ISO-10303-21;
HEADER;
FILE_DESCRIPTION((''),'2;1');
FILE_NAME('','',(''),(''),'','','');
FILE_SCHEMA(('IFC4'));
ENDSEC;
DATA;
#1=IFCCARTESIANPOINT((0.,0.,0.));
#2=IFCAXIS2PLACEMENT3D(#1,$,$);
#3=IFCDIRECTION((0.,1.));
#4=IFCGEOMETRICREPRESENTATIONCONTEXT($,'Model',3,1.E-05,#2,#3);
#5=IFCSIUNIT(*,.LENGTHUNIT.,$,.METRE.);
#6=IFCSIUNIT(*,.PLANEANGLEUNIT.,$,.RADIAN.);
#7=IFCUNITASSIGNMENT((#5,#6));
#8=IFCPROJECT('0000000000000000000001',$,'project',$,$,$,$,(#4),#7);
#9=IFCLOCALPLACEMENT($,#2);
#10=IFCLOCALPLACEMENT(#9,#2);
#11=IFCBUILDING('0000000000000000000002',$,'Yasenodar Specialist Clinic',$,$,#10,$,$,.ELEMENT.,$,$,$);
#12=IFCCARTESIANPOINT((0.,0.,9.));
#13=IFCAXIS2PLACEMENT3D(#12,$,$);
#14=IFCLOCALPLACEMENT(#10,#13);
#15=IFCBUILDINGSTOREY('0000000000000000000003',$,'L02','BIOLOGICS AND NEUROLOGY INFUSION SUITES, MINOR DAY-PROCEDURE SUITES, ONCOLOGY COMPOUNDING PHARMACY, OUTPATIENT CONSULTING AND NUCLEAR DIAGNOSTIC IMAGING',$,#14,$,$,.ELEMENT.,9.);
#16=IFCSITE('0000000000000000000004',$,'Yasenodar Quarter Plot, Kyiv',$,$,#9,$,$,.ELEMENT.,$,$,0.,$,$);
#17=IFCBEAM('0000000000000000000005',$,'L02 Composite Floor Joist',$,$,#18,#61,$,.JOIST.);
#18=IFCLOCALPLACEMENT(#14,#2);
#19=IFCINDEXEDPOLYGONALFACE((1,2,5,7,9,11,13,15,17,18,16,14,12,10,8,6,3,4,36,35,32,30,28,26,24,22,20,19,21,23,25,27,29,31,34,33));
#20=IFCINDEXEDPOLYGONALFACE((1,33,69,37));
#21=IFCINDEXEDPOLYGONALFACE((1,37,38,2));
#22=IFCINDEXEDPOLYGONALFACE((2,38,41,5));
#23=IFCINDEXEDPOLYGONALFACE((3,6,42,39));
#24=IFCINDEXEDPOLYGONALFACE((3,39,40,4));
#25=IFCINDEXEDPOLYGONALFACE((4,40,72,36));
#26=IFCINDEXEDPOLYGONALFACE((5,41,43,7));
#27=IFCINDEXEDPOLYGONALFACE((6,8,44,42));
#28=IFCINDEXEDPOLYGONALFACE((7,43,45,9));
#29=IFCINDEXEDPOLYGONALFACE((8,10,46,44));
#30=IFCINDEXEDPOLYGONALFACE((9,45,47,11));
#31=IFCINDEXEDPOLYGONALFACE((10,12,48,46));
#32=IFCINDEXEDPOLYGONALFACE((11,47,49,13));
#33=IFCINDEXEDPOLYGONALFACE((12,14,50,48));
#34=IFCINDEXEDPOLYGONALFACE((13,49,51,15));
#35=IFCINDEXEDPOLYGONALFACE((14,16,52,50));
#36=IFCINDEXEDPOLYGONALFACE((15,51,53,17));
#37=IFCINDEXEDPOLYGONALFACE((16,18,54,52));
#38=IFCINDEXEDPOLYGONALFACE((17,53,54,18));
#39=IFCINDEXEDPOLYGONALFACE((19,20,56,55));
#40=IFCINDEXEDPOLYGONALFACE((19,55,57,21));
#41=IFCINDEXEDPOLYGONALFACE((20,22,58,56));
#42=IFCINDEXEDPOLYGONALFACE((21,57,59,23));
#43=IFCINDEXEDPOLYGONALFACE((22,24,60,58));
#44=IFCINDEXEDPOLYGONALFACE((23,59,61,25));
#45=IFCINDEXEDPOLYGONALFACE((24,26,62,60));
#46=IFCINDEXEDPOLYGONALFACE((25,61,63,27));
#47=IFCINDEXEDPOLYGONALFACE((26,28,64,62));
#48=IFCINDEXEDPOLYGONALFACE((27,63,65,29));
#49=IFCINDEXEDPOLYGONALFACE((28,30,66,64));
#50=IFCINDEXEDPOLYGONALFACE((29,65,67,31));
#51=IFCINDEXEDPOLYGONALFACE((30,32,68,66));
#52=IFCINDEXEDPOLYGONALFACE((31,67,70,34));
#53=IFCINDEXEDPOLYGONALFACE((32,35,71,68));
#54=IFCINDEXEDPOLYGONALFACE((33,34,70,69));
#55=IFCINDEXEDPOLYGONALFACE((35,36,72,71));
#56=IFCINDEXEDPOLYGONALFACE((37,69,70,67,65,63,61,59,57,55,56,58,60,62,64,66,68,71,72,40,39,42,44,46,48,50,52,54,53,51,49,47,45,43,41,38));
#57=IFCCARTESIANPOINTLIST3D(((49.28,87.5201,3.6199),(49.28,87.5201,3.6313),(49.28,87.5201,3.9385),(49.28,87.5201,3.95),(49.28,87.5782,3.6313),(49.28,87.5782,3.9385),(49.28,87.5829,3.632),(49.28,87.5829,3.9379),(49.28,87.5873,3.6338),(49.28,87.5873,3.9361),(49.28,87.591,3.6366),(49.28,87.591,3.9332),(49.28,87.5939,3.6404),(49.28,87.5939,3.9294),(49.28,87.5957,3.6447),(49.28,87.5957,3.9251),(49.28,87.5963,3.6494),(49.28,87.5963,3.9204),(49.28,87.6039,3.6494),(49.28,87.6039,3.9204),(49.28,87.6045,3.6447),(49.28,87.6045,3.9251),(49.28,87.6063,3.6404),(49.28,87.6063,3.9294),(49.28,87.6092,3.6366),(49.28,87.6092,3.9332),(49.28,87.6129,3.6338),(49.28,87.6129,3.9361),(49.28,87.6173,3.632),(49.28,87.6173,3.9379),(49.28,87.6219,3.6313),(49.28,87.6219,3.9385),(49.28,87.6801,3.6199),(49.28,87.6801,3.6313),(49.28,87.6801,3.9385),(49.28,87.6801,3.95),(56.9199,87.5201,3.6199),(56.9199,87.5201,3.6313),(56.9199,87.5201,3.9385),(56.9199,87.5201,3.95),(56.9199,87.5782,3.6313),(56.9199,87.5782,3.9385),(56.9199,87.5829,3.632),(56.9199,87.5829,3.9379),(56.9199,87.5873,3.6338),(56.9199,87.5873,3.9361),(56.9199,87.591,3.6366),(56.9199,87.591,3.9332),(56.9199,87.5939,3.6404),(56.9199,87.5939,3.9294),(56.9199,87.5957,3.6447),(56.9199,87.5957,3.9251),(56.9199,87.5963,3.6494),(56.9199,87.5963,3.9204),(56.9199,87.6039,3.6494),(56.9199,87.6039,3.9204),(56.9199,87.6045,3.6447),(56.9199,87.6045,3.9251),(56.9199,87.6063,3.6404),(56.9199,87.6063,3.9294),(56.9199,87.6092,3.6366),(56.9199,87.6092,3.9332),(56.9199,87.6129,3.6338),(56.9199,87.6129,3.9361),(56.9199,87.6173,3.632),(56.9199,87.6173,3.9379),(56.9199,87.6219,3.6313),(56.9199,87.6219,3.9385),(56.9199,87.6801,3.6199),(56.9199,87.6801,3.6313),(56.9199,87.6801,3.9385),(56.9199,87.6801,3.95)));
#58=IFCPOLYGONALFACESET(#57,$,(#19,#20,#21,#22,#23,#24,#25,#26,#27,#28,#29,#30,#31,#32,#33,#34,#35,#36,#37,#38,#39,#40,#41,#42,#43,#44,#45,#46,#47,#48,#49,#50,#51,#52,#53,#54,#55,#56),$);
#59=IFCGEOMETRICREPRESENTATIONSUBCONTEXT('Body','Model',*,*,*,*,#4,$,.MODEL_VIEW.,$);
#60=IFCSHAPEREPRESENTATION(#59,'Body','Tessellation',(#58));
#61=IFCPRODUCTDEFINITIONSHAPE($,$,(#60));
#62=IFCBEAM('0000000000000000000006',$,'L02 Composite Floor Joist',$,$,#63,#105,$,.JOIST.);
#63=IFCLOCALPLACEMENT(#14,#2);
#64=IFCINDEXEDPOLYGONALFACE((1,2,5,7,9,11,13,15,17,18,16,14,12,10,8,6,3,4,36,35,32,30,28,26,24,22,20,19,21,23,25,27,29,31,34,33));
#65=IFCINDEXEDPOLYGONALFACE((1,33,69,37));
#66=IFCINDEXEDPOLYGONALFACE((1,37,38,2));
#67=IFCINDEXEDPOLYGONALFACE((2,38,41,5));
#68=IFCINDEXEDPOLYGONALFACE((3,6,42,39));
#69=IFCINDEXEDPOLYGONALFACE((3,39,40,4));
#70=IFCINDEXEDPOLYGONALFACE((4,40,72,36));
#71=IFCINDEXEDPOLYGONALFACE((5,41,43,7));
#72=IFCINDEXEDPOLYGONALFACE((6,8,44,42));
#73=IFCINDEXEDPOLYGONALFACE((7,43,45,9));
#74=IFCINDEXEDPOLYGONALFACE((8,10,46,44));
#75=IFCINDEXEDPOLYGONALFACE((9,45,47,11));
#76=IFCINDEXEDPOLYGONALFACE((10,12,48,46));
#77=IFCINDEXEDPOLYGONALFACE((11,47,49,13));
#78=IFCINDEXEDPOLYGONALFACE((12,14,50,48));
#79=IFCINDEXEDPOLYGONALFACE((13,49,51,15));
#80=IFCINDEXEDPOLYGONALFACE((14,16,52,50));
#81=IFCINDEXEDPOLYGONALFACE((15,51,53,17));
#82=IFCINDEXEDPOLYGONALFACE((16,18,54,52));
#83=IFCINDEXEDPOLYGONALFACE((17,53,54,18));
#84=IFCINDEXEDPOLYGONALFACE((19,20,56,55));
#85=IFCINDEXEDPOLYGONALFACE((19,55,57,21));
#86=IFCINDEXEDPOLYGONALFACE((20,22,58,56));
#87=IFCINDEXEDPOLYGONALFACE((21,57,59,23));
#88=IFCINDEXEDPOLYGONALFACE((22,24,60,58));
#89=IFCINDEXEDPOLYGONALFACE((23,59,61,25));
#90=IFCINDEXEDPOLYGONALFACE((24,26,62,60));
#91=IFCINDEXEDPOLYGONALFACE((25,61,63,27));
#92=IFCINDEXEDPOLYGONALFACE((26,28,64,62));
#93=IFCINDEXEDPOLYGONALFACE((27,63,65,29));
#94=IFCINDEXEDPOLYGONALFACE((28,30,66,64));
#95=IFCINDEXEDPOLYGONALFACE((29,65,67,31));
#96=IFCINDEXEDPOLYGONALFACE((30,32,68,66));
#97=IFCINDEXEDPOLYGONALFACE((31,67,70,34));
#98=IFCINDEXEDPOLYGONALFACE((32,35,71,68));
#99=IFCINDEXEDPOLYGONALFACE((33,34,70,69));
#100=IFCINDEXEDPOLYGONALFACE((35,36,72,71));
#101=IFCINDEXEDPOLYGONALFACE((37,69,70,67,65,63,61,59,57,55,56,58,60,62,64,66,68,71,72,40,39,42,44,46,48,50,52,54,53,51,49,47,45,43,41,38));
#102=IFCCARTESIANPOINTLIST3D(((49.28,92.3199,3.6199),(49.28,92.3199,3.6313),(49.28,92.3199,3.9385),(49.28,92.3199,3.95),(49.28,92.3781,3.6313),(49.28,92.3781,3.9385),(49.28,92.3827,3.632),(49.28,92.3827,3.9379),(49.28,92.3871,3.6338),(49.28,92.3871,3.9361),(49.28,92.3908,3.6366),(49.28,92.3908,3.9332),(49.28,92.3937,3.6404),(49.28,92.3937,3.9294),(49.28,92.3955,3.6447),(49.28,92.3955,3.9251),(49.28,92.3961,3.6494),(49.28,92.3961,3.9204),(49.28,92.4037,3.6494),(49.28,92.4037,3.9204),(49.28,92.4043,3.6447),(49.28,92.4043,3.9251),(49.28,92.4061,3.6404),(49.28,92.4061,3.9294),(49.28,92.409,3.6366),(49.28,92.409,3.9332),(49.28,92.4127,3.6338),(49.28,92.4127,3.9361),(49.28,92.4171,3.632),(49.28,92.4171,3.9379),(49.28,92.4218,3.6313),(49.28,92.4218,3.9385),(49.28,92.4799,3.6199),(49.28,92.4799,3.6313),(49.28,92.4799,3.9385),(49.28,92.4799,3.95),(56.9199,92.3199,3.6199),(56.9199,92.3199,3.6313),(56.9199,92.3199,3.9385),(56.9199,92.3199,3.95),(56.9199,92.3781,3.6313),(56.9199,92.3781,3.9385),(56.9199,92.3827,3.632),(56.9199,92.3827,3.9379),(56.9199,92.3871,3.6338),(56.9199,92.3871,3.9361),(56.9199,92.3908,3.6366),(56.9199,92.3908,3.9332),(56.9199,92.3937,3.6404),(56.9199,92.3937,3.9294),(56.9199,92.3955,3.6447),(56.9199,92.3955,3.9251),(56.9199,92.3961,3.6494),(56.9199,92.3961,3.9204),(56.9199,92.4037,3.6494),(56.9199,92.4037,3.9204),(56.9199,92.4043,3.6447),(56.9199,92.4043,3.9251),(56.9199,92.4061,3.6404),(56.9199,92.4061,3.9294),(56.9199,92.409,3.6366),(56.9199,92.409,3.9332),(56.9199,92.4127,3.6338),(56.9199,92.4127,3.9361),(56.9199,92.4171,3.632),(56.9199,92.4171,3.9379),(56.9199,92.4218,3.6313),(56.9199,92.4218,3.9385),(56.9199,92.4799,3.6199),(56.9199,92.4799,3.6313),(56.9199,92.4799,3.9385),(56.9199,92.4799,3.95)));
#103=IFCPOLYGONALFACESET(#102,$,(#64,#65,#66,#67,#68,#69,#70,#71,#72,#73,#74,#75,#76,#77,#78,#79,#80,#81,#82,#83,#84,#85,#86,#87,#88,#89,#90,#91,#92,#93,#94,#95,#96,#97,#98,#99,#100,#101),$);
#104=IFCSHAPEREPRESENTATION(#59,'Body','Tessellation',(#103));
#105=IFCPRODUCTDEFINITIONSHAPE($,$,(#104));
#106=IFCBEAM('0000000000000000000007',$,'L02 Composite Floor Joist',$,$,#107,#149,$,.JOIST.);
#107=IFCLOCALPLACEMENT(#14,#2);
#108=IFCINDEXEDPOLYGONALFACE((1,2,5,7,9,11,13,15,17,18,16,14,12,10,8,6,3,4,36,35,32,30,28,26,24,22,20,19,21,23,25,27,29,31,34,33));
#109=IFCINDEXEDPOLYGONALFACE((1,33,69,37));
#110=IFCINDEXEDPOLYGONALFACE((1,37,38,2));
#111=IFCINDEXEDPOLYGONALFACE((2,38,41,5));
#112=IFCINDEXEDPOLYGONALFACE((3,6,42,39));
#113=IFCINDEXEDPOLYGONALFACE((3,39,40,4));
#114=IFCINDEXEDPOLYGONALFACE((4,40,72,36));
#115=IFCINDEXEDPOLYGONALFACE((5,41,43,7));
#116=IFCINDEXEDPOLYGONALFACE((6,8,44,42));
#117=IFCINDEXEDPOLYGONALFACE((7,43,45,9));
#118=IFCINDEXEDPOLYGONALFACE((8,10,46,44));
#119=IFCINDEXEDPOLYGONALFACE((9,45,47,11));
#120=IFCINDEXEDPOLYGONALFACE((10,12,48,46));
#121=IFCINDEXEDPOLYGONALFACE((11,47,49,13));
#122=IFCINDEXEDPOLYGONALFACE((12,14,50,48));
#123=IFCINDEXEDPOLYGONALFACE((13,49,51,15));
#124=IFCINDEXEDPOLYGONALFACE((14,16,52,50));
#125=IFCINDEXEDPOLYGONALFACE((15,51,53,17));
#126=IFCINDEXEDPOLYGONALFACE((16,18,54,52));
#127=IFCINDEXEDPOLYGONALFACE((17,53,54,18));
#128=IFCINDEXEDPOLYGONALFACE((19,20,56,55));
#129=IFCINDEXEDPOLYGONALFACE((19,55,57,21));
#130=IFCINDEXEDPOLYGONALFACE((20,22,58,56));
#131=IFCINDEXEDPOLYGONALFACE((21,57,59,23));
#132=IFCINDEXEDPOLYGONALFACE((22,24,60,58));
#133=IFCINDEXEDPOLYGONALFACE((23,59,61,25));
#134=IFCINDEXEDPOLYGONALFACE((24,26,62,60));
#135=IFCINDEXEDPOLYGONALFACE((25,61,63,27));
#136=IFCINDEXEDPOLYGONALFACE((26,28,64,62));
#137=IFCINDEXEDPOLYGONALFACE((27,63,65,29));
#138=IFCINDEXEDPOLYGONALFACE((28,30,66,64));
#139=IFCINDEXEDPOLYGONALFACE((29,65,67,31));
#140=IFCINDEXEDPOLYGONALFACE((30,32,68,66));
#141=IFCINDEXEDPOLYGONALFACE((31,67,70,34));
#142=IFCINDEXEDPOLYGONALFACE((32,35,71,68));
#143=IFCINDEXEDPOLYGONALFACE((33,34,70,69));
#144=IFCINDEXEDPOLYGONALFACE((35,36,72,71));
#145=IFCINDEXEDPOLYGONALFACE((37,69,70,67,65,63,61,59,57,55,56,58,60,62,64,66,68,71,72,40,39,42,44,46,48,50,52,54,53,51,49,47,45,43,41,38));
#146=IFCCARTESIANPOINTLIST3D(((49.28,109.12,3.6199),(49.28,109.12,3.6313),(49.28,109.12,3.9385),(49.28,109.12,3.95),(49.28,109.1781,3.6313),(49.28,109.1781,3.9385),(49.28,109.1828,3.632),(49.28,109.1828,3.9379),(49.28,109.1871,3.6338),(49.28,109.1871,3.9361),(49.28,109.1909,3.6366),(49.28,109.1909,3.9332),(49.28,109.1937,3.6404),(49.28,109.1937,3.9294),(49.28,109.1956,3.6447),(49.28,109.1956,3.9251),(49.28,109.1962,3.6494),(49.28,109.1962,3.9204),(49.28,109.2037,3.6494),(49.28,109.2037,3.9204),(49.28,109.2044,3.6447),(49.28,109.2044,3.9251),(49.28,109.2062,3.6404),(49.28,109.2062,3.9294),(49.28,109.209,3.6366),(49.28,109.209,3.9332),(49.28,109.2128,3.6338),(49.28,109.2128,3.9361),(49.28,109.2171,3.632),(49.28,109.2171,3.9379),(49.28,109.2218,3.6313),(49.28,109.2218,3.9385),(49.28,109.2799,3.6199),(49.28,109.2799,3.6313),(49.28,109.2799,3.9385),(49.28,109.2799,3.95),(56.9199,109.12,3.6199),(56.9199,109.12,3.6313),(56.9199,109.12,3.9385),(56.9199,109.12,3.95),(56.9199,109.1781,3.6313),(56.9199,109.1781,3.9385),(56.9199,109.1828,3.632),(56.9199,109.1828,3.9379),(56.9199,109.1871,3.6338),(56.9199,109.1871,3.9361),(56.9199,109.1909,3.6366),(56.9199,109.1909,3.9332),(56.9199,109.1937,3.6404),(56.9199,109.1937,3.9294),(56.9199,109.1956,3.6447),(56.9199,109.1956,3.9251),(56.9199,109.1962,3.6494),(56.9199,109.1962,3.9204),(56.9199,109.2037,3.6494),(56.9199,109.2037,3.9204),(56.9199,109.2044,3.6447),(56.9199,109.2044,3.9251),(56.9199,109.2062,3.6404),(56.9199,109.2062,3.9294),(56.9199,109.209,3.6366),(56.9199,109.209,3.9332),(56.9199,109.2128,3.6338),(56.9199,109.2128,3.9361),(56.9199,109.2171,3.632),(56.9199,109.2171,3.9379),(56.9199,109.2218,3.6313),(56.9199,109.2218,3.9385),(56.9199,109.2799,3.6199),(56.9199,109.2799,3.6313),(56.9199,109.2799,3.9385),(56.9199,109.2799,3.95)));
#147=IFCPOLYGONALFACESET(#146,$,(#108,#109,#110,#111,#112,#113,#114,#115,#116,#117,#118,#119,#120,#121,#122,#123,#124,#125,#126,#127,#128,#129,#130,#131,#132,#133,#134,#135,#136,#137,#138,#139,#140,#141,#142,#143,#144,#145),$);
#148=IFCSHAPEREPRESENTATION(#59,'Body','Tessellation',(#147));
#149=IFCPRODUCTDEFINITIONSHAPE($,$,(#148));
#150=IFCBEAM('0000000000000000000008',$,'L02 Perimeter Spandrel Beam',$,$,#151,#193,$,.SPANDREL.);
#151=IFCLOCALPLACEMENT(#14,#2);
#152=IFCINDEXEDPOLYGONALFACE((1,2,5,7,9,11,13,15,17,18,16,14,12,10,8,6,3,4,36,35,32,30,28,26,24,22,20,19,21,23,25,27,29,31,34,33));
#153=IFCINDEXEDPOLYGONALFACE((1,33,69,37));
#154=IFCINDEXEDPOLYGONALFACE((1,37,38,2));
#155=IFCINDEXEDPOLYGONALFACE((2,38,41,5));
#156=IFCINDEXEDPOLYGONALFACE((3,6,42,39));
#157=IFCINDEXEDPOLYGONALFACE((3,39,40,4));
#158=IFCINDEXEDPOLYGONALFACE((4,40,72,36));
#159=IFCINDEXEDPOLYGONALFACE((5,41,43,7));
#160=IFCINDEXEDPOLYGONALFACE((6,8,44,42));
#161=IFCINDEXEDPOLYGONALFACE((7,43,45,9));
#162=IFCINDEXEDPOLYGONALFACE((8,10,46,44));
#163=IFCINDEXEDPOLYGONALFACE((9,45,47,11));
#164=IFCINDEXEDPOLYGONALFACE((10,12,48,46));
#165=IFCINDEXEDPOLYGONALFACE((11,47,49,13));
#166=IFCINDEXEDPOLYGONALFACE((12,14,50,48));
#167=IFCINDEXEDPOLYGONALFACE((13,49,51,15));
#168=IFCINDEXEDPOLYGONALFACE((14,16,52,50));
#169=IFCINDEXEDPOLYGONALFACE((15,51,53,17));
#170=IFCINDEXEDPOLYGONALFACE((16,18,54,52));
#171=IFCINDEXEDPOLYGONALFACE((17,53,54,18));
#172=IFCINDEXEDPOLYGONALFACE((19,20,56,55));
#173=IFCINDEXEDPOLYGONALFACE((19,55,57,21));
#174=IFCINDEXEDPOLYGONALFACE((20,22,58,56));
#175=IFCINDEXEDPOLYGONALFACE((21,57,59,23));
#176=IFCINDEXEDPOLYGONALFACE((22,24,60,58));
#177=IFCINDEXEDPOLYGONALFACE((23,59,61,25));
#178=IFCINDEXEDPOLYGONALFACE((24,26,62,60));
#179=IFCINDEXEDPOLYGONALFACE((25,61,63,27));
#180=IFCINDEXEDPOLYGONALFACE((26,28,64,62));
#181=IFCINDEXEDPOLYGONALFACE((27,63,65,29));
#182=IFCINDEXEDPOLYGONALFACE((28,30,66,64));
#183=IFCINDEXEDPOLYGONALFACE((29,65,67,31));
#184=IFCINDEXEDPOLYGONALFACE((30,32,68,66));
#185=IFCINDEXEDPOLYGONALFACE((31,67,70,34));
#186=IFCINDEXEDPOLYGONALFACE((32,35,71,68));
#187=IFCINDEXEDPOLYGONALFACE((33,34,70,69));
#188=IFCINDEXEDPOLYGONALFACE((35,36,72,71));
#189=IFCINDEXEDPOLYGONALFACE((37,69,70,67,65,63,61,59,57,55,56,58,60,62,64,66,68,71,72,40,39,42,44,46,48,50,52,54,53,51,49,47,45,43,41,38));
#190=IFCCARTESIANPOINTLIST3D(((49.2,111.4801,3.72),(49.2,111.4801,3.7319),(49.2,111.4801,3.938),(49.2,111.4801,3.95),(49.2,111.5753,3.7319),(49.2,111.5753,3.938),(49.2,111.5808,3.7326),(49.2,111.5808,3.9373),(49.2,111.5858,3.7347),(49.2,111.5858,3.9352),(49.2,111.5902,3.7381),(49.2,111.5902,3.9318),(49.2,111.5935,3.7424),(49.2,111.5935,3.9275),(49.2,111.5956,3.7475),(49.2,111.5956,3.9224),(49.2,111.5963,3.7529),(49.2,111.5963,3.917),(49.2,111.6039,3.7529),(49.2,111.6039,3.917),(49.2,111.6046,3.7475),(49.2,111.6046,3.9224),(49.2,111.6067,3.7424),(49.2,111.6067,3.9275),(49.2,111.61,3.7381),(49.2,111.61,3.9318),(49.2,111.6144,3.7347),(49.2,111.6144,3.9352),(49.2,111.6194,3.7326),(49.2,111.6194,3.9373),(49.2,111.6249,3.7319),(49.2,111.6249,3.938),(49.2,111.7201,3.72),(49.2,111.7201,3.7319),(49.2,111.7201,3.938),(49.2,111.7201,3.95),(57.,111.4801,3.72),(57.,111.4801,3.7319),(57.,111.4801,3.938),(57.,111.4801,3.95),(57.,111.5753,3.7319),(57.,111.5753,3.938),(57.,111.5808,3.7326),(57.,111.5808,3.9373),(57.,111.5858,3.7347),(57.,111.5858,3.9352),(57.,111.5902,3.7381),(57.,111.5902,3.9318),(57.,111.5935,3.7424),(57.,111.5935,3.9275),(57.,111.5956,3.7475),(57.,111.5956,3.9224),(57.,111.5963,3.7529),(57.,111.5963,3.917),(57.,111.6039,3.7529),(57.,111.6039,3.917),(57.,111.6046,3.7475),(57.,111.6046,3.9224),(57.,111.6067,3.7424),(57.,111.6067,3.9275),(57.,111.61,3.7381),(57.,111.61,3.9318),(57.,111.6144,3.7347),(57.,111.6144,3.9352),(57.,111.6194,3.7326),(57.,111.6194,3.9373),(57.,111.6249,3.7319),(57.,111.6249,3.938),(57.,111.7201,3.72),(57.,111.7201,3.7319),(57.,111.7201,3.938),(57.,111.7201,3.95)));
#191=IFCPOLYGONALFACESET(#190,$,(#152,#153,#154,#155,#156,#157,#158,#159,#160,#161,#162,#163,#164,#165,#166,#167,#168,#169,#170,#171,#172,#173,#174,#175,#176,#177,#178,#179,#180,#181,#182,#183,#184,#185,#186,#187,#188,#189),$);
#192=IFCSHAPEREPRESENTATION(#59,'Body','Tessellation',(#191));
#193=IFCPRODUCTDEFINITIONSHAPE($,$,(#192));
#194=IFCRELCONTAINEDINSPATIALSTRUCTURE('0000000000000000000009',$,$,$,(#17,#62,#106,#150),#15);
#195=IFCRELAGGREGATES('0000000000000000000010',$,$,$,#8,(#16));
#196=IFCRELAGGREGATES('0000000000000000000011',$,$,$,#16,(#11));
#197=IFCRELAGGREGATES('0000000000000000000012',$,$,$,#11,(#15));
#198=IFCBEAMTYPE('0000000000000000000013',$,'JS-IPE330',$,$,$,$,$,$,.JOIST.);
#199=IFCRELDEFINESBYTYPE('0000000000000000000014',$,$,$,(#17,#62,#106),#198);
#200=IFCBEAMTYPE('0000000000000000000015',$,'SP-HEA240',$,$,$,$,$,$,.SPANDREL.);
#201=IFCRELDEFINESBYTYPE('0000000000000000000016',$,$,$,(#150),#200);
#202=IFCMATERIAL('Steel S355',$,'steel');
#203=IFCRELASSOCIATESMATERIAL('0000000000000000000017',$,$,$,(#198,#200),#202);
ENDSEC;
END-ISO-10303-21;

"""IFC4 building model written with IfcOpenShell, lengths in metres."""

from ifc_helpers import new_model, si_unit, direction, frame, origin, origin_2d, place, context, subcontext, project, spatial, i_section, extrude, material, material_profile, profile_set, type_object, element, save


model = new_model("IFC4")

# Units and contexts
model_context = context("Model", 3, precision=1e-05, world=origin(), true_north=direction((0.0, 1.0)))
body_context = subcontext(model_context, "Body", "Model", "MODEL_VIEW")
ifc_project = project(units=[si_unit("LENGTHUNIT", "METRE"), si_unit("PLANEANGLEUNIT", "RADIAN")], contexts=[model_context])

# Site, building, storey
site_placement = place(None, origin())
site = spatial("IfcSite", under=ifc_project, at=site_placement, Name="Yasenodar Quarter Plot, Kyiv", CompositionType="ELEMENT", RefElevation=0.0)
building_placement = place(site_placement, origin())
building = spatial("IfcBuilding", under=site, at=building_placement, Name="Yasenodar Specialist Clinic", CompositionType="ELEMENT")
storey_placement = place(building_placement, frame((0.0, 0.0, 9.0)))
storey = spatial("IfcBuildingStorey", under=building, at=storey_placement, Name="L02", Description="BIOLOGICS AND NEUROLOGY INFUSION SUITES, MINOR DAY-PROCEDURE SUITES, ONCOLOGY COMPOUNDING PHARMACY, OUTPATIENT CONSULTING AND NUCLEAR DIAGNOSTIC IMAGING", CompositionType="ELEMENT", Elevation=9.0)

# Shared definitions
ifc_material_1 = material(Name="Steel S355", Category="steel")

# Beams
ifc_material_profile_1 = material_profile(ifc_material_1, i_section(OverallWidth=0.1599, OverallDepth=0.3301, WebThickness=0.0076, FlangeThickness=0.0115, FilletRadius=0.0181, at=origin_2d()), Name="IPE 330")
ifc_profile_set_1 = profile_set([ifc_material_profile_1], Name="Steel S355")
beam_type_1 = type_object("IfcBeamType", Name="JS-IPE330", PredefinedType="JOIST", material=ifc_profile_set_1)
for number, where, z_axis, x_axis, name in (
    (1, (49.28, 87.6001, 3.7849), (1.0, 0.0, 0.0), (0.0, 1.0, 0.0), "L02 Composite Floor Joist"),
    (2, (49.28, 92.3999, 3.7849), (1.0, 0.0, 0.0), (0.0, 1.0, 0.0), "L02 Composite Floor Joist"),
    (3, (49.28, 109.2, 3.7849), (1.0, 0.0, 0.0), (0.0, 1.0, 0.0), "L02 Composite Floor Joist"),
):
    element("IfcBeam", number, at=place(storey_placement, frame(where, z_axis=z_axis, x_axis=x_axis)), inside=storey, type_object=beam_type_1, Name=name, PredefinedType="JOIST", context=body_context, shape_type="SweptSolid", body=[
        extrude(i_section(OverallWidth=0.1599, OverallDepth=0.3301, WebThickness=0.0076, FlangeThickness=0.0115, FilletRadius=0.0181, at=origin_2d()), origin(), (0.0, 0.0, 1.0), 7.6399),
    ])
ifc_material_profile_2 = material_profile(ifc_material_1, i_section(OverallWidth=0.24, OverallDepth=0.23, WebThickness=0.0076, FlangeThickness=0.012, FilletRadius=0.021, at=origin_2d()), Name="HEA 240")
ifc_profile_set_2 = profile_set([ifc_material_profile_2], Name="Steel S355")
beam_type_2 = type_object("IfcBeamType", Name="SP-HEA240", PredefinedType="SPANDREL", material=ifc_profile_set_2)
beam_placement = place(storey_placement, frame((49.2, 111.6001, 3.835), z_axis=(1.0, 0.0, 0.0), x_axis=(0.0, 1.0, 0.0)))
element("IfcBeam", 4, at=beam_placement, inside=storey, type_object=beam_type_2, Name="L02 Perimeter Spandrel Beam", PredefinedType="SPANDREL", context=body_context, shape_type="SweptSolid", body=[
    extrude(i_section(OverallWidth=0.24, OverallDepth=0.23, WebThickness=0.0076, FlangeThickness=0.012, FilletRadius=0.021, at=origin_2d()), origin(), (0.0, 0.0, 1.0), 7.8),
])

save(model, "model.ifc")
